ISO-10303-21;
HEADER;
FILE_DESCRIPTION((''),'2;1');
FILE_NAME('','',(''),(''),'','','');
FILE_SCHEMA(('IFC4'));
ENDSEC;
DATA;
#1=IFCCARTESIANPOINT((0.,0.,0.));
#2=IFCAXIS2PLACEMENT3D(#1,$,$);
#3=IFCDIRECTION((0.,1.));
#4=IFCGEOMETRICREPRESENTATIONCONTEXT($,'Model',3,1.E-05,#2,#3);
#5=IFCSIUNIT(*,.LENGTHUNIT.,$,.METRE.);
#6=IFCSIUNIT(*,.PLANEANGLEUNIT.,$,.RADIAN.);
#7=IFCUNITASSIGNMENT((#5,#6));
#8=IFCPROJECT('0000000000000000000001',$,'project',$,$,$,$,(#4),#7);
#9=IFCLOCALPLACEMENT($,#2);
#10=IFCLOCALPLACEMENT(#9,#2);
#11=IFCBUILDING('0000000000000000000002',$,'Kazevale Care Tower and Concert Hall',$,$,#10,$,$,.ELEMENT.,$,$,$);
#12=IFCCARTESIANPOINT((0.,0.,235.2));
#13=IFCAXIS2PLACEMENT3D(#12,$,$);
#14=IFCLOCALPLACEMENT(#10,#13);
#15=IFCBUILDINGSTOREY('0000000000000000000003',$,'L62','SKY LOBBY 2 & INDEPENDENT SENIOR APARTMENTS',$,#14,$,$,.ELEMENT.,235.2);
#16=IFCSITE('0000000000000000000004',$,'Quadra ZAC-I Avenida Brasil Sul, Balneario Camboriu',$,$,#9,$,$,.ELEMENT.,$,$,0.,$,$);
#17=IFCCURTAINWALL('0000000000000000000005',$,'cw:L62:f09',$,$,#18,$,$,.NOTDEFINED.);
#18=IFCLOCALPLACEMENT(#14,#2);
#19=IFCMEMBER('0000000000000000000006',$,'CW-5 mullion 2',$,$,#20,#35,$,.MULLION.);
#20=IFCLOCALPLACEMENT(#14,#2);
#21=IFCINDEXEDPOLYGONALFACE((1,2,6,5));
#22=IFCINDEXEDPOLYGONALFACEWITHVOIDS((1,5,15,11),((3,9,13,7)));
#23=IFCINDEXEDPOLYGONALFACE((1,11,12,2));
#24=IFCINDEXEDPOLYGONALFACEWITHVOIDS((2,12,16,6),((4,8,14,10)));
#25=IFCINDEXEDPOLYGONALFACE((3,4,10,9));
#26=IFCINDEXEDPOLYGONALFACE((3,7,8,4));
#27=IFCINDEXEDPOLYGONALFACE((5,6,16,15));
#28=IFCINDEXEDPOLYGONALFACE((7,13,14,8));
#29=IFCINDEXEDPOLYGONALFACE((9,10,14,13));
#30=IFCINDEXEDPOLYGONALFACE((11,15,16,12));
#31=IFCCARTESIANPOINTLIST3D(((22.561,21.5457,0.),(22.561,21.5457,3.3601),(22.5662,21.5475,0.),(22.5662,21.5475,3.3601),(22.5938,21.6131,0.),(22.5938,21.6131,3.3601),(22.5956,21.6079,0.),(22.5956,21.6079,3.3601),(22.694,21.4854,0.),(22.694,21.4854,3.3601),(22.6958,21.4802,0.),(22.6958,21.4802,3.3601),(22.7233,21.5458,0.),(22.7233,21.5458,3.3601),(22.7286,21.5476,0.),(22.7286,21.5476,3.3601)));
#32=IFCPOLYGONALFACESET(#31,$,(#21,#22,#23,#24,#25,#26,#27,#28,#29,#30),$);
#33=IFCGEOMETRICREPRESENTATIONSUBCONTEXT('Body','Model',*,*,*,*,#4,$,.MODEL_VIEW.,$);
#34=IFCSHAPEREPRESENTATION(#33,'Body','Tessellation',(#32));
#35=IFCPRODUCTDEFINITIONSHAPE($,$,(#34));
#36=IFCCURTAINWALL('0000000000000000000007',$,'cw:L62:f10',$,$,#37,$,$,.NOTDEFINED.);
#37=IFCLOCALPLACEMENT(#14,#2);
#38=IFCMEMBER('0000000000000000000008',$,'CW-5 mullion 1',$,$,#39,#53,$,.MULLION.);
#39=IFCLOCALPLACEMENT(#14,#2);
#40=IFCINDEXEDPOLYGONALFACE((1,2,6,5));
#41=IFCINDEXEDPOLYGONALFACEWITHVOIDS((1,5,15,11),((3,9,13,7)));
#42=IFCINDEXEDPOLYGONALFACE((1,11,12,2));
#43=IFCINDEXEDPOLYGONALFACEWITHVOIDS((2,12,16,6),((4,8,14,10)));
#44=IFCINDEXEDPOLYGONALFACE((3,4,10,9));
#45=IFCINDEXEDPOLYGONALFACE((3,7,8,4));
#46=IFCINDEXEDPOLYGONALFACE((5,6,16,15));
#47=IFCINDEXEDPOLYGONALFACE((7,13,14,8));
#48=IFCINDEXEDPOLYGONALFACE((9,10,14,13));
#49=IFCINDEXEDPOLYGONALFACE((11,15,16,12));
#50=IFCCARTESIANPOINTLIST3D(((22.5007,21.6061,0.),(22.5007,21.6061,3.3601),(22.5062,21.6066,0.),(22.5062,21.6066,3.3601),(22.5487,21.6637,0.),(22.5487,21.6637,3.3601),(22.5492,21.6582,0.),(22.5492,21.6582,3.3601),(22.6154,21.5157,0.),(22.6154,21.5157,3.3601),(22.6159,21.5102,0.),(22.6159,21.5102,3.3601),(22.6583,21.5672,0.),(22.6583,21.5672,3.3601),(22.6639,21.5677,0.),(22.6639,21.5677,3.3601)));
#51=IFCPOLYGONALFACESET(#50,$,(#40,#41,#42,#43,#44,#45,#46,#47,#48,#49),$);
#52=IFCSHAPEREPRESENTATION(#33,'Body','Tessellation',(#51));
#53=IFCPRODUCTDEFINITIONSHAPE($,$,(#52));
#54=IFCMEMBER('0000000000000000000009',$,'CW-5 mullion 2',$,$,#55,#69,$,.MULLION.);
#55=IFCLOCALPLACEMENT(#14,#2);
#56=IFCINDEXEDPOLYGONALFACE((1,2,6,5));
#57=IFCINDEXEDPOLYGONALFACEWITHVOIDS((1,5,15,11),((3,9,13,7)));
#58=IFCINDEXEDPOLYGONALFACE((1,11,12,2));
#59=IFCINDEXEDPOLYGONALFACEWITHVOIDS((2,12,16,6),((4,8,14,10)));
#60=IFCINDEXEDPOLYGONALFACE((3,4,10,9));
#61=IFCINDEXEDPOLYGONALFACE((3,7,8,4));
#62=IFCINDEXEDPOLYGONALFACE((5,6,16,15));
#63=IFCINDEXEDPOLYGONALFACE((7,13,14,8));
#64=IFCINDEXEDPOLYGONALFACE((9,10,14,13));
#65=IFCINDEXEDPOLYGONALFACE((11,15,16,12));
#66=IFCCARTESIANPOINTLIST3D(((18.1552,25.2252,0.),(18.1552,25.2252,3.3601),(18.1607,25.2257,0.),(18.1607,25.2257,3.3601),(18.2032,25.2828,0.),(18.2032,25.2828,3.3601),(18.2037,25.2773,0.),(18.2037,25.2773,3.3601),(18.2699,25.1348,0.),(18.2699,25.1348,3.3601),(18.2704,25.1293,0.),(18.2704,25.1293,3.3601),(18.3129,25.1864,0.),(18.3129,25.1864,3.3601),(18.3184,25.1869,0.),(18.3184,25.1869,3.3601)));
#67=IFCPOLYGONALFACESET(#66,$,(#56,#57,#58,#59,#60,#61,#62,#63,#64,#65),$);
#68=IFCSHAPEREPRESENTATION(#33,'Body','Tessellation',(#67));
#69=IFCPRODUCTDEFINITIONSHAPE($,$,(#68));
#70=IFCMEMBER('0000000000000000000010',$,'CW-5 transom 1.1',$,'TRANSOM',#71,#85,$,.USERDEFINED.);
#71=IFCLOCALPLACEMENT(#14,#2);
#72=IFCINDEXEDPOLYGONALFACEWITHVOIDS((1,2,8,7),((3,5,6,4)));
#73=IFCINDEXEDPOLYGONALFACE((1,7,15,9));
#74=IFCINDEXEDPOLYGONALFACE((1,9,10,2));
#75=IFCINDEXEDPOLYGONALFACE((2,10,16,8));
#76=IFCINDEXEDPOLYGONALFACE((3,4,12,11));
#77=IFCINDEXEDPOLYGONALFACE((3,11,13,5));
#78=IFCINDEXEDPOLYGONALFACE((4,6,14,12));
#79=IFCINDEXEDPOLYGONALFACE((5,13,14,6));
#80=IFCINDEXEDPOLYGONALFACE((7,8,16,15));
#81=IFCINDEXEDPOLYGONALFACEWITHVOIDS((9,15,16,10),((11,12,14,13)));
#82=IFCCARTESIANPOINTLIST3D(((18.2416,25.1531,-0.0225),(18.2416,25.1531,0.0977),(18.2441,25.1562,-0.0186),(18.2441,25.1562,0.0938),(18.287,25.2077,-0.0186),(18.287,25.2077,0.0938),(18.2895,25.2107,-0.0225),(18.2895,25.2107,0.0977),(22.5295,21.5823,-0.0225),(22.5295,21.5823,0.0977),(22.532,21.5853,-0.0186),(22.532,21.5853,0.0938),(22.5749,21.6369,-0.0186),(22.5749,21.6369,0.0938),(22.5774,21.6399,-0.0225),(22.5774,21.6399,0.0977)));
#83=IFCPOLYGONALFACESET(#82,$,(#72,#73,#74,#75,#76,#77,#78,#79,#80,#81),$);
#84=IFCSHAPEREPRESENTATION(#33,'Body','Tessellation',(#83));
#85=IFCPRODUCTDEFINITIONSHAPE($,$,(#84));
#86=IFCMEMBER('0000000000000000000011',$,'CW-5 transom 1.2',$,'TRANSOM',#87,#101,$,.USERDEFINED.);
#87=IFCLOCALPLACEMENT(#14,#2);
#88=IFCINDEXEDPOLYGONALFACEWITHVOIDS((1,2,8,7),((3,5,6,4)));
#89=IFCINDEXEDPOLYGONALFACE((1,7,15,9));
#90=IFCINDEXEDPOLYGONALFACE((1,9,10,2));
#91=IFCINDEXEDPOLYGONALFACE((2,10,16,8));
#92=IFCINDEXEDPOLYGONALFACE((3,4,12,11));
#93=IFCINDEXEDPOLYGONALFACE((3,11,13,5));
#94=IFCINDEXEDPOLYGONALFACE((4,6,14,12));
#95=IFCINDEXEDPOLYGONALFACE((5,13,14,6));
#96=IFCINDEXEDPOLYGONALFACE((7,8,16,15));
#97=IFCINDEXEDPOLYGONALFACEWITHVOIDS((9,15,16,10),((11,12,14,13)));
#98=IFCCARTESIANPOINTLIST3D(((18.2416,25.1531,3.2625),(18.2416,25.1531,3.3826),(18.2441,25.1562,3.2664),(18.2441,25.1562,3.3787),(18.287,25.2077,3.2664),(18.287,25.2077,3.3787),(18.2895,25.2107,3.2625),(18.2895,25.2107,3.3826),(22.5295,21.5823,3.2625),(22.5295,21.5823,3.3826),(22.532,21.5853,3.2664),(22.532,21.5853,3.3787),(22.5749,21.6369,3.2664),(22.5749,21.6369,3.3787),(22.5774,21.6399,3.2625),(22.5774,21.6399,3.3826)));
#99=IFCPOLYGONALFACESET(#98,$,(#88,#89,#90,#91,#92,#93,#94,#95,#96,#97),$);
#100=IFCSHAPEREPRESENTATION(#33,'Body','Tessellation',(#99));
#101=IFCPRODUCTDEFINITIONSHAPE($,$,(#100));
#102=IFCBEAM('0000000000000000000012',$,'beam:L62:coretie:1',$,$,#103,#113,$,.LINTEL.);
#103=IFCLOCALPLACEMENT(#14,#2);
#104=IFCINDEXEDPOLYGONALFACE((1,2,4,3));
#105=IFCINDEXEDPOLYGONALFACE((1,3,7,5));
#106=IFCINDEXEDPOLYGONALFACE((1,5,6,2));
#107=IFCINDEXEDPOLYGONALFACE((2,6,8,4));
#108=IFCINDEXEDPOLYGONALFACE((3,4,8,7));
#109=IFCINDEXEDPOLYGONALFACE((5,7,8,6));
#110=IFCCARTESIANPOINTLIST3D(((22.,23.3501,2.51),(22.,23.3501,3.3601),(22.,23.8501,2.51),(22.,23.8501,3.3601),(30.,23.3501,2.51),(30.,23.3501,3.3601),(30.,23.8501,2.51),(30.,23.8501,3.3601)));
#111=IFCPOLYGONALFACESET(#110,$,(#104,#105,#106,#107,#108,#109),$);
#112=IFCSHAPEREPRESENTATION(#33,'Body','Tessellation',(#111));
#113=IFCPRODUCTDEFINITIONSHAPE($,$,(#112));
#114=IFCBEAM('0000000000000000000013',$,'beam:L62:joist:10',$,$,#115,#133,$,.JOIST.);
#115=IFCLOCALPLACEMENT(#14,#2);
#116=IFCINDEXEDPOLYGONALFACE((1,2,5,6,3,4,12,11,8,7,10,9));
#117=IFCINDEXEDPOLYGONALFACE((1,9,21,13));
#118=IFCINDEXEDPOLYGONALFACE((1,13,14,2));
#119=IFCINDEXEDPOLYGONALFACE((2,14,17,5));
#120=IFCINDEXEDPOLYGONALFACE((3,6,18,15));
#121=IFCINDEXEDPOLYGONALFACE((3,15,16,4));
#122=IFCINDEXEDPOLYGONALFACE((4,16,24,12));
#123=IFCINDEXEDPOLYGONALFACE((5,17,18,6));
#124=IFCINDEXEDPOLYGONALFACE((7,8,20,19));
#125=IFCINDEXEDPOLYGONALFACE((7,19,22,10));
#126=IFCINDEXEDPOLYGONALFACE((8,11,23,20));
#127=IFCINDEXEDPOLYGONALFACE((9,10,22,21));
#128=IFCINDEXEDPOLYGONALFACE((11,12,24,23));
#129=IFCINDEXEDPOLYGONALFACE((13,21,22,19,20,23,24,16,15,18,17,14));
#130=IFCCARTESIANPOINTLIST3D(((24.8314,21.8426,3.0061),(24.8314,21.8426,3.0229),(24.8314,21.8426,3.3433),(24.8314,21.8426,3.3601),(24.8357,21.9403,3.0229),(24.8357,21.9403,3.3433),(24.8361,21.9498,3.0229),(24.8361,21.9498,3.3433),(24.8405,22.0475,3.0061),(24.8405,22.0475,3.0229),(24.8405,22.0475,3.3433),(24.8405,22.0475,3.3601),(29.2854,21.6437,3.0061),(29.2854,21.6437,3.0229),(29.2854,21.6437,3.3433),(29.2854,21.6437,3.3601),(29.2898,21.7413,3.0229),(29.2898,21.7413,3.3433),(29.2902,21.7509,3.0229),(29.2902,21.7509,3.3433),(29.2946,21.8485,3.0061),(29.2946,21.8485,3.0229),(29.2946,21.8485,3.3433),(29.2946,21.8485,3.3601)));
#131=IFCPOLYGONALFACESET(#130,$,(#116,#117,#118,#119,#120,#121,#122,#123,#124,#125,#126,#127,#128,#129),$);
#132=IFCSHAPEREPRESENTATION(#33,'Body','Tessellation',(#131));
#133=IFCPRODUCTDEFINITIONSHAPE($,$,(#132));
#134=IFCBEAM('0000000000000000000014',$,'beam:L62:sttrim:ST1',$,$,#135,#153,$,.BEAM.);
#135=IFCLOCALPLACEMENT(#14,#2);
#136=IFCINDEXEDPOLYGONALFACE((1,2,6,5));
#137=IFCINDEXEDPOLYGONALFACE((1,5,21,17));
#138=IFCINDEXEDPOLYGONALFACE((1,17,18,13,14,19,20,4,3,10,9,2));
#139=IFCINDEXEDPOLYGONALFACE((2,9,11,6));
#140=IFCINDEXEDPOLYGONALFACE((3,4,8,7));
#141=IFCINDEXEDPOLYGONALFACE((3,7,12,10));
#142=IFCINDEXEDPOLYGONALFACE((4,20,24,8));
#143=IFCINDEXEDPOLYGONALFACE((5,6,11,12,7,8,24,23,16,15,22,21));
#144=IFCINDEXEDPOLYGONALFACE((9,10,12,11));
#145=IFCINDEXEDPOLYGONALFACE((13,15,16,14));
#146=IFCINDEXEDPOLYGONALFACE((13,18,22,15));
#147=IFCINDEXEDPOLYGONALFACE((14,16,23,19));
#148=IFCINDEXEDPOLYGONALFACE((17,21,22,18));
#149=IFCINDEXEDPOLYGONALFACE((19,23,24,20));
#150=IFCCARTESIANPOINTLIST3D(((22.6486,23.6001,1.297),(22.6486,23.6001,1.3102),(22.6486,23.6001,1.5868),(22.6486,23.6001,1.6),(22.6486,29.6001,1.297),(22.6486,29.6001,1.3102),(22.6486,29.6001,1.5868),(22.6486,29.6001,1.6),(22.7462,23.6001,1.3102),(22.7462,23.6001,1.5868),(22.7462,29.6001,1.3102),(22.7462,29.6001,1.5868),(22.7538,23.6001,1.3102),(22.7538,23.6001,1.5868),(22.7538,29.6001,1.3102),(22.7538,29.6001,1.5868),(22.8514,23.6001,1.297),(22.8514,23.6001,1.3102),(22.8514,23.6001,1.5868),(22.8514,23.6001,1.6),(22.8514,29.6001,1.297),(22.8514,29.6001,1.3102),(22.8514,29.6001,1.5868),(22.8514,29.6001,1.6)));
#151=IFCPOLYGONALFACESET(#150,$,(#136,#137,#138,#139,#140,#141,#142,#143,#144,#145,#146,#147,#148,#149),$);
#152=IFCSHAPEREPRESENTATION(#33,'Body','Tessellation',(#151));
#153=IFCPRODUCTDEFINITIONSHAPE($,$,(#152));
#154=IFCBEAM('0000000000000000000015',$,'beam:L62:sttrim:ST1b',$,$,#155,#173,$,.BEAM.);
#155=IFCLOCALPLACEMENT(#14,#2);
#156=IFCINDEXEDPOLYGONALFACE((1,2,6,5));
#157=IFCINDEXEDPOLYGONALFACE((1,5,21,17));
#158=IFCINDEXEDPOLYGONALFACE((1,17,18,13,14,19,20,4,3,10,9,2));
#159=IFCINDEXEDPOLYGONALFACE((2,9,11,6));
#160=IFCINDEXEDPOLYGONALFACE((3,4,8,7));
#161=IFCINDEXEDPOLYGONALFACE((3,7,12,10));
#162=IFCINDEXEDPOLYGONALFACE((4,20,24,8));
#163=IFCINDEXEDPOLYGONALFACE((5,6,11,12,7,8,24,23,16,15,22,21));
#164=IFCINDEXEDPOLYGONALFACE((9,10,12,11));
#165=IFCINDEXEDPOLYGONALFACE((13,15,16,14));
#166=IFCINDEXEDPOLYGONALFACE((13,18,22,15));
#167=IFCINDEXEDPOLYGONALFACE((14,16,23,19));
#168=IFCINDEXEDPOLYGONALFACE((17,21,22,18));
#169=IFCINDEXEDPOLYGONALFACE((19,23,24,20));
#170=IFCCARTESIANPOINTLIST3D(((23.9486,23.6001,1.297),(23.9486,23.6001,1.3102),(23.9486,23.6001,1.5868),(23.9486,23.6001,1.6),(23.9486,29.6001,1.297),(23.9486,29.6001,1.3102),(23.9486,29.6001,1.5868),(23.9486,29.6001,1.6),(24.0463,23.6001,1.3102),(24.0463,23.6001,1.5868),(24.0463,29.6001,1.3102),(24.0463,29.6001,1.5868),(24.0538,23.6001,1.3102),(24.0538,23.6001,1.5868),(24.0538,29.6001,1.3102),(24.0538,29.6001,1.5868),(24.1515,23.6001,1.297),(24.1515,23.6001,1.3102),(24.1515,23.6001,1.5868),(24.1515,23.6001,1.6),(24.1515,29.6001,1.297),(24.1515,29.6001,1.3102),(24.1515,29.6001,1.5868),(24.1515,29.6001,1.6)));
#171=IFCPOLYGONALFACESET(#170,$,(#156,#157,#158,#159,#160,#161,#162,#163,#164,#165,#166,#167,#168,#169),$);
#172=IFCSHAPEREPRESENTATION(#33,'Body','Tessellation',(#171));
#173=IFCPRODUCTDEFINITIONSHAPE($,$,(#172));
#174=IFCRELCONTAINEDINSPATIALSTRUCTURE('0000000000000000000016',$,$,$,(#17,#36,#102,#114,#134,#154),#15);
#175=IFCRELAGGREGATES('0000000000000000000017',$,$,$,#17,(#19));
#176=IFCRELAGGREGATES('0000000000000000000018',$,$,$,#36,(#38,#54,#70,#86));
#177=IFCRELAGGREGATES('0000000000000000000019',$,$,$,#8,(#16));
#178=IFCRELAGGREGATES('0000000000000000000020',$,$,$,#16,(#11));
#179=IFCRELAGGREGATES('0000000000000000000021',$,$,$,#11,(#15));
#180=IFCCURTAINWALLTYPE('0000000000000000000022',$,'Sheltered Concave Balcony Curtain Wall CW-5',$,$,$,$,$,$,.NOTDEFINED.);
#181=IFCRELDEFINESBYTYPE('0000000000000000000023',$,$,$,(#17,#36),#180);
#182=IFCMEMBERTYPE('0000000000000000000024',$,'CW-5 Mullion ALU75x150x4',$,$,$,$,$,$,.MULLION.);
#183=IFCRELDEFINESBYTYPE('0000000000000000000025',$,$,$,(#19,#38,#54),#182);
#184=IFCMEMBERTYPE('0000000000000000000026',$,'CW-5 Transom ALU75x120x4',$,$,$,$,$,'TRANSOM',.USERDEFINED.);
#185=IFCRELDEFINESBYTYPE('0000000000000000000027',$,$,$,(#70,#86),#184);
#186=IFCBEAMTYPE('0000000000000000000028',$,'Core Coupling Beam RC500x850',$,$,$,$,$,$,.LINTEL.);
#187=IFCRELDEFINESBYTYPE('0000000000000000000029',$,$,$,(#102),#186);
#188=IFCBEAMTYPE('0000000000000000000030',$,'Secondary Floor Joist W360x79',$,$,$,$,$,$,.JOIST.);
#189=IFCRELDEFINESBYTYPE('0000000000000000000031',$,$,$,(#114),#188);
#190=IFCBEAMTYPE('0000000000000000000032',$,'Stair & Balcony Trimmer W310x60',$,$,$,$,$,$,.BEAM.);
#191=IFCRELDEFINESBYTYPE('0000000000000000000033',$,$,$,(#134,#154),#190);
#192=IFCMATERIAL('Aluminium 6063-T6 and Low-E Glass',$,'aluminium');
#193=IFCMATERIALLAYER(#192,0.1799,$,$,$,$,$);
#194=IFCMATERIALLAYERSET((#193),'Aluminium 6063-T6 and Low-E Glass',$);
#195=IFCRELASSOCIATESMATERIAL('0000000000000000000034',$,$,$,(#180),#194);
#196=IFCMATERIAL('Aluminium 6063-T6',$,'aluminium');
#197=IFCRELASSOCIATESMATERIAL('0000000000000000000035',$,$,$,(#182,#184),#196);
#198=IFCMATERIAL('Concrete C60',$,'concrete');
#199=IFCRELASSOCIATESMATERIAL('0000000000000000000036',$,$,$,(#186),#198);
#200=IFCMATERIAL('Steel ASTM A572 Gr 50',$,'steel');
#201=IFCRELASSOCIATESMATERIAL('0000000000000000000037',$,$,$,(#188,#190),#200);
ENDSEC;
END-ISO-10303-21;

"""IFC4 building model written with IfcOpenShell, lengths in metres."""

from ifc_helpers import new_model, si_unit, direction, frame, origin, origin_2d, place, context, subcontext, project, spatial, rectangle, hollow_rectangle, i_section, extrude, material, layer, layer_set, material_profile, profile_set, type_object, element, aggregate, save


model = new_model("IFC4")

# Units and contexts
model_context = context("Model", 3, precision=1e-05, world=origin(), true_north=direction((0.0, 1.0)))
body_context = subcontext(model_context, "Body", "Model", "MODEL_VIEW")
ifc_project = project(units=[si_unit("LENGTHUNIT", "METRE"), si_unit("PLANEANGLEUNIT", "RADIAN")], contexts=[model_context])

# Site, building, storey
site_placement = place(None, origin())
site = spatial("IfcSite", under=ifc_project, at=site_placement, Name="Quadra ZAC-I Avenida Brasil Sul, Balneario Camboriu", CompositionType="ELEMENT", RefElevation=0.0)
building_placement = place(site_placement, origin())
building = spatial("IfcBuilding", under=site, at=building_placement, Name="Kazevale Care Tower and Concert Hall", CompositionType="ELEMENT")
storey_placement = place(building_placement, frame((0.0, 0.0, 235.2)))
storey = spatial("IfcBuildingStorey", under=building, at=storey_placement, Name="L62", Description="SKY LOBBY 2 & INDEPENDENT SENIOR APARTMENTS", CompositionType="ELEMENT", Elevation=235.2)

# Shared definitions
ifc_material_1 = material(Name="Aluminium 6063-T6 and Low-E Glass", Category="aluminium")
ifc_material_2 = material(Name="Aluminium 6063-T6", Category="aluminium")

# Curtain wall, member
ifc_layer_1 = layer(ifc_material_1, 0.1799)
ifc_layer_set_1 = layer_set([ifc_layer_1], Name="Aluminium 6063-T6 and Low-E Glass")
curtain_wall_type_1 = type_object("IfcCurtainWallType", Name="Sheltered Concave Balcony Curtain Wall CW-5", PredefinedType="NOTDEFINED", material=ifc_layer_set_1)
curtain_wall_1_placement = place(storey_placement, origin())
curtain_wall_1 = element("IfcCurtainWall", 1, at=curtain_wall_1_placement, inside=storey, type_object=curtain_wall_type_1, Name="cw:L62:f09", PredefinedType="NOTDEFINED")
ifc_material_profile_1 = material_profile(ifc_material_2, hollow_rectangle(XDim=0.075, YDim=0.1499, WallThickness=0.0039, at=origin_2d()), Name="ALU75x150x4")
ifc_profile_set_1 = profile_set([ifc_material_profile_1], Name="Aluminium 6063-T6")
member_type_1 = type_object("IfcMemberType", Name="CW-5 Mullion ALU75x150x4", PredefinedType="MULLION", material=ifc_profile_set_1)
member_1_placement = place(storey_placement, frame((22.6448, 21.5466, 0.0), z_axis=(0.0, 0.0, 1.0), x_axis=(-0.437238, -0.899346, 0.0)))
member_1 = element("IfcMember", 2, at=member_1_placement, type_object=member_type_1, Name="CW-5 mullion 2", PredefinedType="MULLION", context=body_context, shape_type="SweptSolid", body=[
    extrude(hollow_rectangle(XDim=0.075, YDim=0.1499, WallThickness=0.0039, at=origin_2d()), origin(), (0.0, 0.0, 1.0), 3.3601),
])

# Curtain wall, members
curtain_wall_2_placement = place(storey_placement, origin())
curtain_wall_2 = element("IfcCurtainWall", 3, at=curtain_wall_2_placement, inside=storey, type_object=curtain_wall_type_1, Name="cw:L62:f10", PredefinedType="NOTDEFINED")
member_2_placement = place(storey_placement, frame((22.5823, 21.5869, 0.0), z_axis=(0.0, 0.0, 1.0), x_axis=(-0.639961, -0.768407, 0.0)))
member_2 = element("IfcMember", 4, at=member_2_placement, type_object=member_type_1, Name="CW-5 mullion 1", PredefinedType="MULLION", context=body_context, shape_type="SweptSolid", body=[
    extrude(hollow_rectangle(XDim=0.075, YDim=0.1499, WallThickness=0.0039, at=origin_2d()), origin(), (0.0, 0.0, 1.0), 3.3601),
])
member_3_placement = place(storey_placement, frame((18.2368, 25.2061, 0.0), z_axis=(0.0, 0.0, 1.0), x_axis=(-0.639961, -0.768407, 0.0)))
member_3 = element("IfcMember", 5, at=member_3_placement, type_object=member_type_1, Name="CW-5 mullion 2", PredefinedType="MULLION", context=body_context, shape_type="SweptSolid", body=[
    extrude(hollow_rectangle(XDim=0.075, YDim=0.1499, WallThickness=0.0039, at=origin_2d()), origin(), (0.0, 0.0, 1.0), 3.3601),
])
ifc_material_profile_2 = material_profile(ifc_material_2, hollow_rectangle(XDim=0.075, YDim=0.1201, WallThickness=0.0039, at=origin_2d()), Name="ALU75x120x4")
ifc_profile_set_2 = profile_set([ifc_material_profile_2], Name="Aluminium 6063-T6")
member_type_2 = type_object("IfcMemberType", Name="CW-5 Transom ALU75x120x4", ElementType="TRANSOM", PredefinedType="USERDEFINED", material=ifc_profile_set_2)
member_4_placement = place(storey_placement, frame((22.5535, 21.6111, 0.0376), z_axis=(-0.768433, 0.63993, 0.0), x_axis=(-0.63993, -0.768433, 0.0)))
member_4 = element("IfcMember", 6, at=member_4_placement, type_object=member_type_2, Name="CW-5 transom 1.1", ObjectType="TRANSOM", PredefinedType="USERDEFINED", context=body_context, shape_type="SweptSolid", body=[
    extrude(hollow_rectangle(XDim=0.075, YDim=0.1201, WallThickness=0.0039, at=origin_2d()), origin(), (0.0, 0.0, 1.0), 5.5801),
])
member_5_placement = place(storey_placement, frame((22.5535, 21.6111, 3.3225), z_axis=(-0.768433, 0.63993, 0.0), x_axis=(-0.63993, -0.768433, 0.0)))
member_5 = element("IfcMember", 7, at=member_5_placement, type_object=member_type_2, Name="CW-5 transom 1.2", ObjectType="TRANSOM", PredefinedType="USERDEFINED", context=body_context, shape_type="SweptSolid", body=[
    extrude(hollow_rectangle(XDim=0.075, YDim=0.1201, WallThickness=0.0039, at=origin_2d()), origin(), (0.0, 0.0, 1.0), 5.5801),
])

# Beams
ifc_material_3 = material(Name="Concrete C60", Category="concrete")
ifc_material_profile_3 = material_profile(ifc_material_3, rectangle(XDim=0.5, YDim=0.8501, at=origin_2d()), Name="RC-B500x850")
ifc_profile_set_3 = profile_set([ifc_material_profile_3], Name="Concrete C60")
beam_type_1 = type_object("IfcBeamType", Name="Core Coupling Beam RC500x850", PredefinedType="LINTEL", material=ifc_profile_set_3)
beam_1_placement = place(storey_placement, frame((22.0, 23.6001, 2.9351), z_axis=(1.0, 0.0, 0.0), x_axis=(0.0, 1.0, 0.0)))
element("IfcBeam", 8, at=beam_1_placement, inside=storey, type_object=beam_type_1, Name="beam:L62:coretie:1", PredefinedType="LINTEL", context=body_context, shape_type="SweptSolid", body=[
    extrude(rectangle(XDim=0.5, YDim=0.8501, at=origin_2d()), origin(), (0.0, 0.0, 1.0), 8.0),
])
ifc_material_4 = material(Name="Steel ASTM A572 Gr 50", Category="steel")
ifc_material_profile_4 = material_profile(ifc_material_4, i_section(OverallWidth=0.2051, OverallDepth=0.354, WebThickness=0.0095, FlangeThickness=0.0168, at=origin_2d()), Name="W360x79")
ifc_profile_set_4 = profile_set([ifc_material_profile_4], Name="Steel ASTM A572 Gr 50")
beam_type_2 = type_object("IfcBeamType", Name="Secondary Floor Joist W360x79", PredefinedType="JOIST", material=ifc_profile_set_4)
beam_2_placement = place(storey_placement, frame((24.8359, 21.9451, 3.1831), z_axis=(0.999004, -0.044628, 0.0), x_axis=(0.044628, 0.999004, 0.0)))
element("IfcBeam", 9, at=beam_2_placement, inside=storey, type_object=beam_type_2, Name="beam:L62:joist:10", PredefinedType="JOIST", context=body_context, shape_type="SweptSolid", body=[
    extrude(i_section(OverallWidth=0.2051, OverallDepth=0.354, WebThickness=0.0095, FlangeThickness=0.0168, at=origin_2d()), origin(), (0.0, 0.0, 1.0), 4.4585),
])
ifc_material_profile_5 = material_profile(ifc_material_4, i_section(OverallWidth=0.2029, OverallDepth=0.303, WebThickness=0.0076, FlangeThickness=0.0132, at=origin_2d()), Name="W310x60")
ifc_profile_set_5 = profile_set([ifc_material_profile_5], Name="Steel ASTM A572 Gr 50")
beam_type_3 = type_object("IfcBeamType", Name="Stair & Balcony Trimmer W310x60", PredefinedType="BEAM", material=ifc_profile_set_5)
for number, where, z_axis, x_axis, name in (
    (10, (22.75, 23.6001, 1.4485), (0.0, 1.0, 0.0), (-1.0, 0.0, 0.0), "beam:L62:sttrim:ST1"),
    (11, (24.05, 23.6001, 1.4485), (0.0, 1.0, 0.0), (-1.0, 0.0, 0.0), "beam:L62:sttrim:ST1b"),
):
    element("IfcBeam", number, at=place(storey_placement, frame(where, z_axis=z_axis, x_axis=x_axis)), inside=storey, type_object=beam_type_3, Name=name, PredefinedType="BEAM", context=body_context, shape_type="SweptSolid", body=[
        extrude(i_section(OverallWidth=0.2029, OverallDepth=0.303, WebThickness=0.0076, FlangeThickness=0.0132, at=origin_2d()), origin(), (0.0, 0.0, 1.0), 6.0),
    ])

aggregate(curtain_wall_1, [member_1])
aggregate(curtain_wall_2, [member_2, member_3, member_4, member_5])

save(model, "model.ifc")
